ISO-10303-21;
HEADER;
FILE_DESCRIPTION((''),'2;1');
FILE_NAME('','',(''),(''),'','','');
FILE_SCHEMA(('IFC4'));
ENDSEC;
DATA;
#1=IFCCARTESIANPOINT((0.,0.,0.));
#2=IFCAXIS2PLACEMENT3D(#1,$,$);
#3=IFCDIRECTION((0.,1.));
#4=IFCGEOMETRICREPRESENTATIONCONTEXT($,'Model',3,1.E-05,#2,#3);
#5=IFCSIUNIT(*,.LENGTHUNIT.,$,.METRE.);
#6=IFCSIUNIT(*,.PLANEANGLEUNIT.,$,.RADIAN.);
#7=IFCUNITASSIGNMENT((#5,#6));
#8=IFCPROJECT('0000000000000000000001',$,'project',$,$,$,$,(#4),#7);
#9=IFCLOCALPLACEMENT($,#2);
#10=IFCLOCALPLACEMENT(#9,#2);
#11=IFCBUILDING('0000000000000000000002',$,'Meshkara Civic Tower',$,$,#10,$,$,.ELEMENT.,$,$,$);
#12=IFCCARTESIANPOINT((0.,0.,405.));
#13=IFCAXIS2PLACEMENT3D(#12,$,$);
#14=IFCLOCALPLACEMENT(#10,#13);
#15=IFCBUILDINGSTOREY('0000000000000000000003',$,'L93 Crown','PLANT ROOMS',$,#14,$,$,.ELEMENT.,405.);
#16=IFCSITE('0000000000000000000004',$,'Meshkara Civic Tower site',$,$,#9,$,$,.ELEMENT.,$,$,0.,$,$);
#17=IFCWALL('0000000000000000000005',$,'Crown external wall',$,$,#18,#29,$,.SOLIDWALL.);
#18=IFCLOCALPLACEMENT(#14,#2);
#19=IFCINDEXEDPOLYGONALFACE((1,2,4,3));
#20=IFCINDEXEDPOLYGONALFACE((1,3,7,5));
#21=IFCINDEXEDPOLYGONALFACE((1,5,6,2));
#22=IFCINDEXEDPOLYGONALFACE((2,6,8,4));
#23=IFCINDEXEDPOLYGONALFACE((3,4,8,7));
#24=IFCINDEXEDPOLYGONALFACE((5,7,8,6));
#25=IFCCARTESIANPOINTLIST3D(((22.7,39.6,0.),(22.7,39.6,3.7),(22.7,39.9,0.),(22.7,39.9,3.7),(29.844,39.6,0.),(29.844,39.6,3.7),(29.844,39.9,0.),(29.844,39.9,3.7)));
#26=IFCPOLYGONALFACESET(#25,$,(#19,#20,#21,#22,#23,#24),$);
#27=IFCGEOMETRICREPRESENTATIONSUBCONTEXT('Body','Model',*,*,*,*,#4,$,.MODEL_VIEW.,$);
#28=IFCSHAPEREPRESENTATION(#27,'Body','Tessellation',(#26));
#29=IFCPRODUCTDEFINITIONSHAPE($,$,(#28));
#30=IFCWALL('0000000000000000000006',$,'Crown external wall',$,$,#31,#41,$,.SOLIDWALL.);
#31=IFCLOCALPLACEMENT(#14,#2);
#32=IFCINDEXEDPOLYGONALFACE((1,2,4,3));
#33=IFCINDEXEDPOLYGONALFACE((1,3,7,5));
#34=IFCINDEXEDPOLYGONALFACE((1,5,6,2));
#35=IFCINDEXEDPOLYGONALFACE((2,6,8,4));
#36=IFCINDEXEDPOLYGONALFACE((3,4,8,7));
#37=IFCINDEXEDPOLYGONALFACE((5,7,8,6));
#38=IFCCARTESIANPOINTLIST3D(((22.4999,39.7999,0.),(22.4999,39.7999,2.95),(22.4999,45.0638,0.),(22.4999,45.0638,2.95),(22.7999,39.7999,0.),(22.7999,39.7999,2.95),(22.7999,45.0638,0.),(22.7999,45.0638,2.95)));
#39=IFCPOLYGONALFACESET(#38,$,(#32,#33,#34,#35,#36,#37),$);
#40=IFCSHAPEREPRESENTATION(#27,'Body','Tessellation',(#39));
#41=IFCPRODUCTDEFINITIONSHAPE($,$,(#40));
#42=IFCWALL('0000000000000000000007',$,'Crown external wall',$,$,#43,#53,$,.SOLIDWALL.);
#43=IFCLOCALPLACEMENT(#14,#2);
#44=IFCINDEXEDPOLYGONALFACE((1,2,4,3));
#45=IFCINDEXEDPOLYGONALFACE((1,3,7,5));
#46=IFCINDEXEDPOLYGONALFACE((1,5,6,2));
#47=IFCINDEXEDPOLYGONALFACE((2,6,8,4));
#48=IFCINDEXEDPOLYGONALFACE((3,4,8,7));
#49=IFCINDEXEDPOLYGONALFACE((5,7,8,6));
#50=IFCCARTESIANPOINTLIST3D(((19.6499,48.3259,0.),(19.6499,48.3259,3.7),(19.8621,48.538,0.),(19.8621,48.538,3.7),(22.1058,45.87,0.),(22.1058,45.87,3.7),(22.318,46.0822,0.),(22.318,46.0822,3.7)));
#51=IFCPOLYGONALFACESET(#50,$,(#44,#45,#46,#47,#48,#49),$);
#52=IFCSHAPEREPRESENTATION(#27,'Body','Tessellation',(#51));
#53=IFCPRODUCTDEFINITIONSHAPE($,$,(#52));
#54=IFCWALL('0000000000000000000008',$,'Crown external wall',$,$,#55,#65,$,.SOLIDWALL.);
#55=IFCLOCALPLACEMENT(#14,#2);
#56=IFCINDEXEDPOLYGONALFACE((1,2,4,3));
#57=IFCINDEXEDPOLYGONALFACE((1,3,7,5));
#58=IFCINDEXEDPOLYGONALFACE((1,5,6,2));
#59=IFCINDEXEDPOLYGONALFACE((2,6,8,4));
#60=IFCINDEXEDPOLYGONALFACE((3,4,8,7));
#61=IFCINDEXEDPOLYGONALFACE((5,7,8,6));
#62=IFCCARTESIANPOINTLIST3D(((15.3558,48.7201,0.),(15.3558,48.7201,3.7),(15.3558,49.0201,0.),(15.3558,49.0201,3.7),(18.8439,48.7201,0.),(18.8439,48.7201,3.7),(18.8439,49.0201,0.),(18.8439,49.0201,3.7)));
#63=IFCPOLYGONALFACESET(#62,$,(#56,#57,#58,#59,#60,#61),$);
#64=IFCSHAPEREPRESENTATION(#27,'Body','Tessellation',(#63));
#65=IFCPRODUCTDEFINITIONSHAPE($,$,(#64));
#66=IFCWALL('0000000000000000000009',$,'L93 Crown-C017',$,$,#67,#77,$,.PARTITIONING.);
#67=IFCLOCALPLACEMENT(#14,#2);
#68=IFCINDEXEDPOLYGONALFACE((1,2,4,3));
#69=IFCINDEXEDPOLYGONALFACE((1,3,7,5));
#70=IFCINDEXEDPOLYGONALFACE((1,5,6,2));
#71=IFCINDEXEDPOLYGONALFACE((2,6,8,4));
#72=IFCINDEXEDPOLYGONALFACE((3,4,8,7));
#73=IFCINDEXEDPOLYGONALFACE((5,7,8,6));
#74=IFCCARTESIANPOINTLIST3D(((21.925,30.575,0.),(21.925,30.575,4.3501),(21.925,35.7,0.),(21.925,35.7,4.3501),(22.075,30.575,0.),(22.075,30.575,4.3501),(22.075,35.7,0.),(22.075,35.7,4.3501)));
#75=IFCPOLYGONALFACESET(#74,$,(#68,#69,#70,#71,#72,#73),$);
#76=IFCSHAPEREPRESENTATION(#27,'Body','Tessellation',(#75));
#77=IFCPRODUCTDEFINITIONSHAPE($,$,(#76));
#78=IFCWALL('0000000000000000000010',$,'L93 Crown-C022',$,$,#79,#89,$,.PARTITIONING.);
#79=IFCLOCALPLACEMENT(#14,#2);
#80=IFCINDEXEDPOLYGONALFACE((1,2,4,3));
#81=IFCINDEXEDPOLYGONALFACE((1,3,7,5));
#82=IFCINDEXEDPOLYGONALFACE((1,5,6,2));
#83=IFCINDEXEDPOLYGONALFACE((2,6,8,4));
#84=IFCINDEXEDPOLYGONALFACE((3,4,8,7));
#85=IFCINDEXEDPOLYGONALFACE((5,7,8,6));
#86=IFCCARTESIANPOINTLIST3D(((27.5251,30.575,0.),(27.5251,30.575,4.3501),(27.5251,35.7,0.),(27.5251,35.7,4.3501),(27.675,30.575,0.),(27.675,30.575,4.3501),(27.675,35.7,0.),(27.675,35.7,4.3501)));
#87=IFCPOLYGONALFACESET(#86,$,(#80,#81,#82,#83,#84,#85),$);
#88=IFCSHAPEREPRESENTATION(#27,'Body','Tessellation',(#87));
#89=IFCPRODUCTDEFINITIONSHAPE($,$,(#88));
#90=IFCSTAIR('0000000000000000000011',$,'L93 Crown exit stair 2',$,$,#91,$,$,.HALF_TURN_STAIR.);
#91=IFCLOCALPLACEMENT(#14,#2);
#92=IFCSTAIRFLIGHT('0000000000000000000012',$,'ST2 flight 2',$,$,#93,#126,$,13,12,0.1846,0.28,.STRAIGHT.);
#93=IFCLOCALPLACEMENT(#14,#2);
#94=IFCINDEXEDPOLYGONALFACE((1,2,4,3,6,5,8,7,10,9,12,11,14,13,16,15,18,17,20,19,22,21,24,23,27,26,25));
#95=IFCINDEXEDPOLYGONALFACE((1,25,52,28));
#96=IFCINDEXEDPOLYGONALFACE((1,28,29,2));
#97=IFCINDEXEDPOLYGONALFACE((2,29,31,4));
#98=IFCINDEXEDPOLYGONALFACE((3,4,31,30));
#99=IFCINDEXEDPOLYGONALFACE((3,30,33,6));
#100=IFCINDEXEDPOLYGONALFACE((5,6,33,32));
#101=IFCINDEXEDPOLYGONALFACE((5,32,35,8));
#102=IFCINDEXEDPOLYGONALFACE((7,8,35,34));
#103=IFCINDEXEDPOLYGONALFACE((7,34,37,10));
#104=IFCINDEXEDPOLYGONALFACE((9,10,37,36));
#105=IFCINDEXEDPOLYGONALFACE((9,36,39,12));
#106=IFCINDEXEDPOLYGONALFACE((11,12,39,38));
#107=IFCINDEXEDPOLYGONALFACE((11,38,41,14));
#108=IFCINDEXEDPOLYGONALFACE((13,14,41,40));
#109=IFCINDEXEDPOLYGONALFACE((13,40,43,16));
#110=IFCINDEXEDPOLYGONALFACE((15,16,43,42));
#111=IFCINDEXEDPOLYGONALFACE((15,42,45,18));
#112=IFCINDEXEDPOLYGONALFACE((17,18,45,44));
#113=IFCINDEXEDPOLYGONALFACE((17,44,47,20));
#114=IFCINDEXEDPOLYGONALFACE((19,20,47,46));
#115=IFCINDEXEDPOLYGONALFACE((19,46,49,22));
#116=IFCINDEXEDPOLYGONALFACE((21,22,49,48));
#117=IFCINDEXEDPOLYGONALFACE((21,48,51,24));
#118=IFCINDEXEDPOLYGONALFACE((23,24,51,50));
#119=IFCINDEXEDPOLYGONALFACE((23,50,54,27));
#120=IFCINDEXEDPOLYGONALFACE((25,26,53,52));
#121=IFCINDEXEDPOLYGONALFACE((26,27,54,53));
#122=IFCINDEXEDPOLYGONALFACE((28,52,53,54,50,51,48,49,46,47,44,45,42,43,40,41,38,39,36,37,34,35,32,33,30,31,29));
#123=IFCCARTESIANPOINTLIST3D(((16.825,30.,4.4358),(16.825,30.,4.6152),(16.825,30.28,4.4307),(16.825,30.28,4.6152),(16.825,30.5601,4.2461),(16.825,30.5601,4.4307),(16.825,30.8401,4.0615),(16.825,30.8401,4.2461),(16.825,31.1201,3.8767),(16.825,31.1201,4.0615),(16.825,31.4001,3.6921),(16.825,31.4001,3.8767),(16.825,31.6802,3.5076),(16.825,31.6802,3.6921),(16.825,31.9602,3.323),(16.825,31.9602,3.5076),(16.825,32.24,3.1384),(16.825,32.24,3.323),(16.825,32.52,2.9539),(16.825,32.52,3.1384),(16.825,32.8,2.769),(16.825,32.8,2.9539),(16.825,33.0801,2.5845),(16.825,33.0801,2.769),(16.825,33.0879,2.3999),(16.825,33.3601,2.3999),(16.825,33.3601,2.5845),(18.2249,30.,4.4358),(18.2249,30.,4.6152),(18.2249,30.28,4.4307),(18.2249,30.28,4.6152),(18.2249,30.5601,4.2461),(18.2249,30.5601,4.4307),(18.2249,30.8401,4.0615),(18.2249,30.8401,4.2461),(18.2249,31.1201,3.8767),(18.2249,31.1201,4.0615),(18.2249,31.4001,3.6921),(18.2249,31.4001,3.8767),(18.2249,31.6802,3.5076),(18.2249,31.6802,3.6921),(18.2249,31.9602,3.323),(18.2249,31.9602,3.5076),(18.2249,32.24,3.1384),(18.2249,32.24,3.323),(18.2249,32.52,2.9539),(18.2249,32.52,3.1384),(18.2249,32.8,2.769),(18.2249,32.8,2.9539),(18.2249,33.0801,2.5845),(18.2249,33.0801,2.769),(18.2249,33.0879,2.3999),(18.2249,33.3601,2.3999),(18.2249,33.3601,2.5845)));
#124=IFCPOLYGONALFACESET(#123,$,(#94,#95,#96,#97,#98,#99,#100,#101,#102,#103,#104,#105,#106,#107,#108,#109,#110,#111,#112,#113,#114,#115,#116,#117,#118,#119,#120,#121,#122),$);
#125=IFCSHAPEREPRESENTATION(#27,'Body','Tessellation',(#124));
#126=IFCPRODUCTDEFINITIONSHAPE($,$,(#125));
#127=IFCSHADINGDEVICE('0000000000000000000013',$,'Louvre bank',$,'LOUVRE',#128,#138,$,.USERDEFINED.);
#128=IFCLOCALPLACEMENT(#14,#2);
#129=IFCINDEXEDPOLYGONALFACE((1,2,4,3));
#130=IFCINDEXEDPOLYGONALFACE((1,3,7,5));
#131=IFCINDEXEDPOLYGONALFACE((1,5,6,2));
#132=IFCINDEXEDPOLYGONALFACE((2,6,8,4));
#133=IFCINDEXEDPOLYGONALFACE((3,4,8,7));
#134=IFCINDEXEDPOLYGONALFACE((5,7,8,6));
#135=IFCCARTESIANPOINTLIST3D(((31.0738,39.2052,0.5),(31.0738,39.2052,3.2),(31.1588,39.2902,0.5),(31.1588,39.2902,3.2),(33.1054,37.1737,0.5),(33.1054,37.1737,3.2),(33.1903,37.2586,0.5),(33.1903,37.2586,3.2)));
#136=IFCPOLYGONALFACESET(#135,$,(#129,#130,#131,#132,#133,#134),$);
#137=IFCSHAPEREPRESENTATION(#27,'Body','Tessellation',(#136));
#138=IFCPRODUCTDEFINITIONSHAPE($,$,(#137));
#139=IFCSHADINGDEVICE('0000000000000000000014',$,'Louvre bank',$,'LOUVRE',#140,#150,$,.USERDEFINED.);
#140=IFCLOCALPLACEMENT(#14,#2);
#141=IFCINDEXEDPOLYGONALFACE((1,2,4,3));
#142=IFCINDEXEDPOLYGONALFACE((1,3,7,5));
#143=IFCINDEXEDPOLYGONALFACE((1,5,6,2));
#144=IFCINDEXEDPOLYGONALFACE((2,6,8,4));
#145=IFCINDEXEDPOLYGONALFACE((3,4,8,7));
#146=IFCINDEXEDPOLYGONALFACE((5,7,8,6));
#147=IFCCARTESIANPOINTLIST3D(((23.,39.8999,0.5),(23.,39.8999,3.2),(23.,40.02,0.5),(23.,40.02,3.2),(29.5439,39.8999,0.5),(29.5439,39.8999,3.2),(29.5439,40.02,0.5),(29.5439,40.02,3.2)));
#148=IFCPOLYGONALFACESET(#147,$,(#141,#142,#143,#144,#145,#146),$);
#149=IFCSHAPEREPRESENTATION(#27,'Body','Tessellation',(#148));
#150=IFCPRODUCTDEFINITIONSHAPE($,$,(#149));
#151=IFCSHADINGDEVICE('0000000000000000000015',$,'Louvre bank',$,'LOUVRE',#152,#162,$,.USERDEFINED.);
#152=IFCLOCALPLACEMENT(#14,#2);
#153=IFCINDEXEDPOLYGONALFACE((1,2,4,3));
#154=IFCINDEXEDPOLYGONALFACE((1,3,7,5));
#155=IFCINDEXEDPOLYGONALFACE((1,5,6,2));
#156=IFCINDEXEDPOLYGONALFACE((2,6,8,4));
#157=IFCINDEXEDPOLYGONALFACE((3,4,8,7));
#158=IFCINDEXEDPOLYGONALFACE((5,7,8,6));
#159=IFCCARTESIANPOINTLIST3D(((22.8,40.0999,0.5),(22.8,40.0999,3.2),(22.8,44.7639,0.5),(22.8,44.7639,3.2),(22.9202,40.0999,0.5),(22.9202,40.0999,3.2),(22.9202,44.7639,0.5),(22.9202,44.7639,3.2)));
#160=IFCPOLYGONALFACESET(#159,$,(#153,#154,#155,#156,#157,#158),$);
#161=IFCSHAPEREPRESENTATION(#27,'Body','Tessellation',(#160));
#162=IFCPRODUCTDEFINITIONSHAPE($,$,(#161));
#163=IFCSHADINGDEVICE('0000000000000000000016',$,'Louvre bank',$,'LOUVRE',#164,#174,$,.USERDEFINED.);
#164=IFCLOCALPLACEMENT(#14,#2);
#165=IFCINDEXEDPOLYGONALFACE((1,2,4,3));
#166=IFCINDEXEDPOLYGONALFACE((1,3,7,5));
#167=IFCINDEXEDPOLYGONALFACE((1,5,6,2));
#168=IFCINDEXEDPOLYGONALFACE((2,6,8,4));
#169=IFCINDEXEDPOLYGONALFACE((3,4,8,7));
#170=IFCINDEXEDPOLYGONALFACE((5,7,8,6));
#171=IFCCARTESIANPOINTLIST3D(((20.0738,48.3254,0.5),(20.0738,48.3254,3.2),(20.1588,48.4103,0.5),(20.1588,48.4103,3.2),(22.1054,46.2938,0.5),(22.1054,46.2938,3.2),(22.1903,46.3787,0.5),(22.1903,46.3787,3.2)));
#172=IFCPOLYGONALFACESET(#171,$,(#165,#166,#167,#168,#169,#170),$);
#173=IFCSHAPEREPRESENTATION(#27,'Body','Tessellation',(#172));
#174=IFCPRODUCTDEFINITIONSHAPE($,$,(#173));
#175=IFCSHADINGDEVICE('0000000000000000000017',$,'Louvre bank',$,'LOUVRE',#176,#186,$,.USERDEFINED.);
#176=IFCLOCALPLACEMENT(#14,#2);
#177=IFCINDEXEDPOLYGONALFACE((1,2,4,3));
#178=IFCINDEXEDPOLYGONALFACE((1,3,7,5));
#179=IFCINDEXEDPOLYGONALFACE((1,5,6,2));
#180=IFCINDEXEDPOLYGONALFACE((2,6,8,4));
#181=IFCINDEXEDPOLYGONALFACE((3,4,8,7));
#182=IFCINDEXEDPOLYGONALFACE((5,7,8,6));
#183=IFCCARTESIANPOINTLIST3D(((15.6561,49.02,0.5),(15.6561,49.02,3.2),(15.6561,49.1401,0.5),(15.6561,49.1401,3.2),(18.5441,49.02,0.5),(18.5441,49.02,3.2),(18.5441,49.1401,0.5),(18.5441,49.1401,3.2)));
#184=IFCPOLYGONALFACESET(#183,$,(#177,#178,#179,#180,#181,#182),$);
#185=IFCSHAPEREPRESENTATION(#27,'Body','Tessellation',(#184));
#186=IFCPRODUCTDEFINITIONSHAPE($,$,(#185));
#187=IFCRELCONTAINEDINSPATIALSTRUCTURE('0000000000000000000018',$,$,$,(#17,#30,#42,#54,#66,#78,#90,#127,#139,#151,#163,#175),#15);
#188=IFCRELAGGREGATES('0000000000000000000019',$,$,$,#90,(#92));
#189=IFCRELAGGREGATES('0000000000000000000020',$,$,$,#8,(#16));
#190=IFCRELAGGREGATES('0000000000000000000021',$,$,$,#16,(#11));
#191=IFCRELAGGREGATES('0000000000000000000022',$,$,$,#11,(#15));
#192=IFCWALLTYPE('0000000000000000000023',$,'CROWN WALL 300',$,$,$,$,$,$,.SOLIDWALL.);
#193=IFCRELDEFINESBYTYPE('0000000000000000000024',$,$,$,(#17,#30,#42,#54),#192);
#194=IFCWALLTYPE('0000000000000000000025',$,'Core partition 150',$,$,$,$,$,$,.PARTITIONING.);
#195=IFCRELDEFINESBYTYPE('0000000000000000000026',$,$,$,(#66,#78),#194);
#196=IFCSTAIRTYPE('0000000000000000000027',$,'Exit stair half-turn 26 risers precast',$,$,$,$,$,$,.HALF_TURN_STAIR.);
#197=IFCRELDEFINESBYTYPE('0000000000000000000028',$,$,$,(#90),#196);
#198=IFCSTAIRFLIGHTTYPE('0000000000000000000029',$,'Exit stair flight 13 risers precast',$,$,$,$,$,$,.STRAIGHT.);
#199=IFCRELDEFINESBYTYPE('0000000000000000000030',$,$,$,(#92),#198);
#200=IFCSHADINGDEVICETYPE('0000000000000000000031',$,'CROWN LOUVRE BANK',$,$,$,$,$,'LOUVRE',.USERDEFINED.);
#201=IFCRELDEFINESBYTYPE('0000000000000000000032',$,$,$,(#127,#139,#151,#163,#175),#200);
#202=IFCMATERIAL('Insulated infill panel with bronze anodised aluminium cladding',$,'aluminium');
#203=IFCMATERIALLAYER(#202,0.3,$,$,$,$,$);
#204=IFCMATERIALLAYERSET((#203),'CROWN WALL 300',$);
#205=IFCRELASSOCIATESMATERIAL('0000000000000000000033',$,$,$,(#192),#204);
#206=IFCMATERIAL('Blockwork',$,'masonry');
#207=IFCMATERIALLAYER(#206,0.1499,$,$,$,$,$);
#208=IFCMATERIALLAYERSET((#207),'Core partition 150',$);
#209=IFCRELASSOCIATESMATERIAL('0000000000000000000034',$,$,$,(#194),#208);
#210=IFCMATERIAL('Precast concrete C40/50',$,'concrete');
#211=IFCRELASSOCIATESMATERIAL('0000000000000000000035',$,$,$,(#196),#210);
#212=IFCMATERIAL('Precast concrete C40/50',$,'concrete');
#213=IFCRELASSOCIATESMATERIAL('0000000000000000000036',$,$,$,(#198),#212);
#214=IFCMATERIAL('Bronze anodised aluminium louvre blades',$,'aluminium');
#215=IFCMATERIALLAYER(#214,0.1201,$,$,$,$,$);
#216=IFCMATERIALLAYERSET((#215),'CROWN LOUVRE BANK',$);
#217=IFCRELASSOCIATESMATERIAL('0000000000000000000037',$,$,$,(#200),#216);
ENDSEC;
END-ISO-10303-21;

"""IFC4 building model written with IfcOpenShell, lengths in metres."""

from ifc_helpers import new_model, si_unit, direction, frame, frame_2d, origin, origin_2d, place, context, subcontext, project, spatial, polyline, rectangle, outline, extrude, material, layer, layer_set, type_object, element, aggregate, save


model = new_model("IFC4")

# Units and contexts
model_context = context("Model", 3, precision=1e-05, world=origin(), true_north=direction((0.0, 1.0)))
body_context = subcontext(model_context, "Body", "Model", "MODEL_VIEW")
ifc_project = project(units=[si_unit("LENGTHUNIT", "METRE"), si_unit("PLANEANGLEUNIT", "RADIAN")], contexts=[model_context])

# Site, building, storey
site_placement = place(None, origin())
site = spatial("IfcSite", under=ifc_project, at=site_placement, Name="Meshkara Civic Tower site", CompositionType="ELEMENT", RefElevation=0.0)
building_placement = place(site_placement, origin())
building = spatial("IfcBuilding", under=site, at=building_placement, Name="Meshkara Civic Tower", CompositionType="ELEMENT")
storey_placement = place(building_placement, frame((0.0, 0.0, 405.0)))
storey = spatial("IfcBuildingStorey", under=building, at=storey_placement, Name="L93 Crown", Description="PLANT ROOMS", CompositionType="ELEMENT", Elevation=405.0)

# Walls
ifc_material_1 = material(Name="Insulated infill panel with bronze anodised aluminium cladding", Category="aluminium")
ifc_layer_1 = layer(ifc_material_1, 0.3)
ifc_layer_set_1 = layer_set([ifc_layer_1], Name="CROWN WALL 300")
wall_type_1 = type_object("IfcWallType", Name="CROWN WALL 300", PredefinedType="SOLIDWALL", material=ifc_layer_set_1)
wall_1_placement = place(storey_placement, frame((29.844, 39.75, 0.0), z_axis=(0.0, 0.0, 1.0), x_axis=(-1.0, 0.0, 0.0)))
element("IfcWall", 1, at=wall_1_placement, inside=storey, type_object=wall_type_1, Name="Crown external wall", PredefinedType="SOLIDWALL", context=body_context, shape_type="SweptSolid", body=[
    extrude(rectangle(XDim=7.144, YDim=0.3, at=frame_2d((3.572, 0.0))), origin(), (0.0, 0.0, 1.0), 3.7),
])
wall_2_placement = place(storey_placement, frame((22.6499, 39.8, 0.0), z_axis=(0.0, 0.0, 1.0), x_axis=(0.0, 1.0, 0.0)))
element("IfcWall", 2, at=wall_2_placement, inside=storey, type_object=wall_type_1, Name="Crown external wall", PredefinedType="SOLIDWALL", context=body_context, shape_type="SweptSolid", body=[
    extrude(rectangle(XDim=5.2639, YDim=0.3, at=frame_2d((2.6318, 0.0))), origin(), (0.0, 0.0, 1.0), 2.95),
])
wall_3_placement = place(storey_placement, frame((22.2119, 45.9761, 0.0), z_axis=(0.0, 0.0, 1.0), x_axis=(-0.707107, 0.707107, 0.0)))
element("IfcWall", 3, at=wall_3_placement, inside=storey, type_object=wall_type_1, Name="Crown external wall", PredefinedType="SOLIDWALL", context=body_context, shape_type="SweptSolid", body=[
    extrude(rectangle(XDim=3.4731, YDim=0.3, at=frame_2d((1.7366, 0.0))), origin(), (0.0, 0.0, 1.0), 3.7),
])
wall_4_placement = place(storey_placement, frame((18.844, 48.8701, 0.0), z_axis=(0.0, 0.0, 1.0), x_axis=(-1.0, 0.0, 0.0)))
element("IfcWall", 4, at=wall_4_placement, inside=storey, type_object=wall_type_1, Name="Crown external wall", PredefinedType="SOLIDWALL", context=body_context, shape_type="SweptSolid", body=[
    extrude(rectangle(XDim=3.488, YDim=0.3, at=frame_2d((1.7441, 0.0))), origin(), (0.0, 0.0, 1.0), 3.7),
])
ifc_material_2 = material(Name="Blockwork", Category="masonry")
ifc_layer_2 = layer(ifc_material_2, 0.1499)
ifc_layer_set_2 = layer_set([ifc_layer_2], Name="Core partition 150")
wall_type_2 = type_object("IfcWallType", Name="Core partition 150", PredefinedType="PARTITIONING", material=ifc_layer_set_2)
for number, where, z_axis, x_axis, name in (
    (5, (22.0, 30.575, 0.0), (0.0, 0.0, 1.0), (0.0, 1.0, 0.0), "L93 Crown-C017"),
    (6, (27.6001, 30.575, 0.0), (0.0, 0.0, 1.0), (0.0, 1.0, 0.0), "L93 Crown-C022"),
):
    element("IfcWall", number, at=place(storey_placement, frame(where, z_axis=z_axis, x_axis=x_axis)), inside=storey, type_object=wall_type_2, Name=name, PredefinedType="PARTITIONING", context=body_context, shape_type="SweptSolid", body=[
        extrude(rectangle(XDim=5.125, YDim=0.1499, at=frame_2d((2.5625, 0.0))), origin(), (0.0, 0.0, 1.0), 4.3501),
    ])

# Stair, stair flight
ifc_material_3 = material(Name="Precast concrete C40/50", Category="concrete")
stair_type = type_object("IfcStairType", Name="Exit stair half-turn 26 risers precast", PredefinedType="HALF_TURN_STAIR", material=ifc_material_3)
stair_placement = place(storey_placement, origin())
stair = element("IfcStair", 7, at=stair_placement, inside=storey, type_object=stair_type, Name="L93 Crown exit stair 2", PredefinedType="HALF_TURN_STAIR")
ifc_material_4 = material(Name="Precast concrete C40/50", Category="concrete")
stair_flight_type = type_object("IfcStairFlightType", Name="Exit stair flight 13 risers precast", PredefinedType="STRAIGHT", material=ifc_material_4)
stair_flight_placement = place(storey_placement, frame((17.5249, 33.3601, 2.3999), z_axis=(0.0, 0.0, 1.0), x_axis=(0.0, -1.0, 0.0)))
stair_flight = element("IfcStairFlight", 8, at=stair_flight_placement, type_object=stair_flight_type, Name="ST2 flight 2", NumberOfRisers=13, NumberOfTreads=12, PredefinedType="STRAIGHT", RiserHeight=0.1846, TreadLength=0.28, context=body_context, shape_type="SweptSolid", body=[
    extrude(outline(polyline([(0.0, 0.0), (0.0, 0.1846), (0.28, 0.1846), (0.28, 0.3691), (0.5601, 0.3691), (0.5601, 0.554), (0.8401, 0.554), (0.8401, 0.7385), (1.1201, 0.7385), (1.1201, 0.9231), (1.3999, 0.9231), (1.3999, 1.1077), (1.6799, 1.1077), (1.6799, 1.2922), (1.96, 1.2922), (1.96, 1.4768), (2.24, 1.4768), (2.24, 1.6616), (2.52, 1.6616), (2.52, 1.8462), (2.8, 1.8462), (2.8, 2.0308), (3.0801, 2.0308), (3.0801, 2.2153), (3.3601, 2.2153), (3.3601, 2.3999), (3.3601, 2.0359), (0.2722, 0.0), (0.0, 0.0)])), frame((0.0, 0.7, 0.0), z_axis=(0.0, -1.0, 0.0), x_axis=(1.0, 0.0, 0.0)), (0.0, 0.0, 1.0), 1.3999),
])
aggregate(stair, [stair_flight])

# Shading devices
ifc_material_5 = material(Name="Bronze anodised aluminium louvre blades", Category="aluminium")
ifc_layer_3 = layer(ifc_material_5, 0.1201)
ifc_layer_set_3 = layer_set([ifc_layer_3], Name="CROWN LOUVRE BANK")
shading_device_type = type_object("IfcShadingDeviceType", Name="CROWN LOUVRE BANK", ElementType="LOUVRE", PredefinedType="USERDEFINED", material=ifc_layer_set_3)
shading_device_1_placement = place(storey_placement, frame((32.1321, 38.2319, 0.5), z_axis=(0.0, 0.0, 1.0), x_axis=(-0.707107, 0.707107, 0.0)))
element("IfcShadingDevice", 9, at=shading_device_1_placement, inside=storey, type_object=shading_device_type, Name="Louvre bank", ObjectType="LOUVRE", PredefinedType="USERDEFINED", context=body_context, shape_type="SweptSolid", body=[
    extrude(rectangle(XDim=2.873, YDim=0.1201, at=origin_2d()), origin(), (0.0, 0.0, 1.0), 2.7),
])
shading_device_2_placement = place(storey_placement, frame((26.272, 39.96, 0.5), z_axis=(0.0, 0.0, 1.0), x_axis=(-1.0, 0.0, 0.0)))
element("IfcShadingDevice", 10, at=shading_device_2_placement, inside=storey, type_object=shading_device_type, Name="Louvre bank", ObjectType="LOUVRE", PredefinedType="USERDEFINED", context=body_context, shape_type="SweptSolid", body=[
    extrude(rectangle(XDim=6.5439, YDim=0.1201, at=origin_2d()), origin(), (0.0, 0.0, 1.0), 2.7),
])
shading_device_3_placement = place(storey_placement, frame((22.8601, 42.4319, 0.5), z_axis=(0.0, 0.0, 1.0), x_axis=(0.0, 1.0, 0.0)))
element("IfcShadingDevice", 11, at=shading_device_3_placement, inside=storey, type_object=shading_device_type, Name="Louvre bank", ObjectType="LOUVRE", PredefinedType="USERDEFINED", context=body_context, shape_type="SweptSolid", body=[
    extrude(rectangle(XDim=4.6641, YDim=0.1201, at=origin_2d()), origin(), (0.0, 0.0, 1.0), 2.7),
])
shading_device_4_placement = place(storey_placement, frame((21.1321, 47.3521, 0.5), z_axis=(0.0, 0.0, 1.0), x_axis=(-0.707107, 0.707107, 0.0)))
element("IfcShadingDevice", 12, at=shading_device_4_placement, inside=storey, type_object=shading_device_type, Name="Louvre bank", ObjectType="LOUVRE", PredefinedType="USERDEFINED", context=body_context, shape_type="SweptSolid", body=[
    extrude(rectangle(XDim=2.873, YDim=0.1201, at=origin_2d()), origin(), (0.0, 0.0, 1.0), 2.7),
])
shading_device_5_placement = place(storey_placement, frame((17.1001, 49.0801, 0.5), z_axis=(0.0, 0.0, 1.0), x_axis=(-1.0, 0.0, 0.0)))
element("IfcShadingDevice", 13, at=shading_device_5_placement, inside=storey, type_object=shading_device_type, Name="Louvre bank", ObjectType="LOUVRE", PredefinedType="USERDEFINED", context=body_context, shape_type="SweptSolid", body=[
    extrude(rectangle(XDim=2.8879, YDim=0.1201, at=origin_2d()), origin(), (0.0, 0.0, 1.0), 2.7),
])

save(model, "model.ifc")
